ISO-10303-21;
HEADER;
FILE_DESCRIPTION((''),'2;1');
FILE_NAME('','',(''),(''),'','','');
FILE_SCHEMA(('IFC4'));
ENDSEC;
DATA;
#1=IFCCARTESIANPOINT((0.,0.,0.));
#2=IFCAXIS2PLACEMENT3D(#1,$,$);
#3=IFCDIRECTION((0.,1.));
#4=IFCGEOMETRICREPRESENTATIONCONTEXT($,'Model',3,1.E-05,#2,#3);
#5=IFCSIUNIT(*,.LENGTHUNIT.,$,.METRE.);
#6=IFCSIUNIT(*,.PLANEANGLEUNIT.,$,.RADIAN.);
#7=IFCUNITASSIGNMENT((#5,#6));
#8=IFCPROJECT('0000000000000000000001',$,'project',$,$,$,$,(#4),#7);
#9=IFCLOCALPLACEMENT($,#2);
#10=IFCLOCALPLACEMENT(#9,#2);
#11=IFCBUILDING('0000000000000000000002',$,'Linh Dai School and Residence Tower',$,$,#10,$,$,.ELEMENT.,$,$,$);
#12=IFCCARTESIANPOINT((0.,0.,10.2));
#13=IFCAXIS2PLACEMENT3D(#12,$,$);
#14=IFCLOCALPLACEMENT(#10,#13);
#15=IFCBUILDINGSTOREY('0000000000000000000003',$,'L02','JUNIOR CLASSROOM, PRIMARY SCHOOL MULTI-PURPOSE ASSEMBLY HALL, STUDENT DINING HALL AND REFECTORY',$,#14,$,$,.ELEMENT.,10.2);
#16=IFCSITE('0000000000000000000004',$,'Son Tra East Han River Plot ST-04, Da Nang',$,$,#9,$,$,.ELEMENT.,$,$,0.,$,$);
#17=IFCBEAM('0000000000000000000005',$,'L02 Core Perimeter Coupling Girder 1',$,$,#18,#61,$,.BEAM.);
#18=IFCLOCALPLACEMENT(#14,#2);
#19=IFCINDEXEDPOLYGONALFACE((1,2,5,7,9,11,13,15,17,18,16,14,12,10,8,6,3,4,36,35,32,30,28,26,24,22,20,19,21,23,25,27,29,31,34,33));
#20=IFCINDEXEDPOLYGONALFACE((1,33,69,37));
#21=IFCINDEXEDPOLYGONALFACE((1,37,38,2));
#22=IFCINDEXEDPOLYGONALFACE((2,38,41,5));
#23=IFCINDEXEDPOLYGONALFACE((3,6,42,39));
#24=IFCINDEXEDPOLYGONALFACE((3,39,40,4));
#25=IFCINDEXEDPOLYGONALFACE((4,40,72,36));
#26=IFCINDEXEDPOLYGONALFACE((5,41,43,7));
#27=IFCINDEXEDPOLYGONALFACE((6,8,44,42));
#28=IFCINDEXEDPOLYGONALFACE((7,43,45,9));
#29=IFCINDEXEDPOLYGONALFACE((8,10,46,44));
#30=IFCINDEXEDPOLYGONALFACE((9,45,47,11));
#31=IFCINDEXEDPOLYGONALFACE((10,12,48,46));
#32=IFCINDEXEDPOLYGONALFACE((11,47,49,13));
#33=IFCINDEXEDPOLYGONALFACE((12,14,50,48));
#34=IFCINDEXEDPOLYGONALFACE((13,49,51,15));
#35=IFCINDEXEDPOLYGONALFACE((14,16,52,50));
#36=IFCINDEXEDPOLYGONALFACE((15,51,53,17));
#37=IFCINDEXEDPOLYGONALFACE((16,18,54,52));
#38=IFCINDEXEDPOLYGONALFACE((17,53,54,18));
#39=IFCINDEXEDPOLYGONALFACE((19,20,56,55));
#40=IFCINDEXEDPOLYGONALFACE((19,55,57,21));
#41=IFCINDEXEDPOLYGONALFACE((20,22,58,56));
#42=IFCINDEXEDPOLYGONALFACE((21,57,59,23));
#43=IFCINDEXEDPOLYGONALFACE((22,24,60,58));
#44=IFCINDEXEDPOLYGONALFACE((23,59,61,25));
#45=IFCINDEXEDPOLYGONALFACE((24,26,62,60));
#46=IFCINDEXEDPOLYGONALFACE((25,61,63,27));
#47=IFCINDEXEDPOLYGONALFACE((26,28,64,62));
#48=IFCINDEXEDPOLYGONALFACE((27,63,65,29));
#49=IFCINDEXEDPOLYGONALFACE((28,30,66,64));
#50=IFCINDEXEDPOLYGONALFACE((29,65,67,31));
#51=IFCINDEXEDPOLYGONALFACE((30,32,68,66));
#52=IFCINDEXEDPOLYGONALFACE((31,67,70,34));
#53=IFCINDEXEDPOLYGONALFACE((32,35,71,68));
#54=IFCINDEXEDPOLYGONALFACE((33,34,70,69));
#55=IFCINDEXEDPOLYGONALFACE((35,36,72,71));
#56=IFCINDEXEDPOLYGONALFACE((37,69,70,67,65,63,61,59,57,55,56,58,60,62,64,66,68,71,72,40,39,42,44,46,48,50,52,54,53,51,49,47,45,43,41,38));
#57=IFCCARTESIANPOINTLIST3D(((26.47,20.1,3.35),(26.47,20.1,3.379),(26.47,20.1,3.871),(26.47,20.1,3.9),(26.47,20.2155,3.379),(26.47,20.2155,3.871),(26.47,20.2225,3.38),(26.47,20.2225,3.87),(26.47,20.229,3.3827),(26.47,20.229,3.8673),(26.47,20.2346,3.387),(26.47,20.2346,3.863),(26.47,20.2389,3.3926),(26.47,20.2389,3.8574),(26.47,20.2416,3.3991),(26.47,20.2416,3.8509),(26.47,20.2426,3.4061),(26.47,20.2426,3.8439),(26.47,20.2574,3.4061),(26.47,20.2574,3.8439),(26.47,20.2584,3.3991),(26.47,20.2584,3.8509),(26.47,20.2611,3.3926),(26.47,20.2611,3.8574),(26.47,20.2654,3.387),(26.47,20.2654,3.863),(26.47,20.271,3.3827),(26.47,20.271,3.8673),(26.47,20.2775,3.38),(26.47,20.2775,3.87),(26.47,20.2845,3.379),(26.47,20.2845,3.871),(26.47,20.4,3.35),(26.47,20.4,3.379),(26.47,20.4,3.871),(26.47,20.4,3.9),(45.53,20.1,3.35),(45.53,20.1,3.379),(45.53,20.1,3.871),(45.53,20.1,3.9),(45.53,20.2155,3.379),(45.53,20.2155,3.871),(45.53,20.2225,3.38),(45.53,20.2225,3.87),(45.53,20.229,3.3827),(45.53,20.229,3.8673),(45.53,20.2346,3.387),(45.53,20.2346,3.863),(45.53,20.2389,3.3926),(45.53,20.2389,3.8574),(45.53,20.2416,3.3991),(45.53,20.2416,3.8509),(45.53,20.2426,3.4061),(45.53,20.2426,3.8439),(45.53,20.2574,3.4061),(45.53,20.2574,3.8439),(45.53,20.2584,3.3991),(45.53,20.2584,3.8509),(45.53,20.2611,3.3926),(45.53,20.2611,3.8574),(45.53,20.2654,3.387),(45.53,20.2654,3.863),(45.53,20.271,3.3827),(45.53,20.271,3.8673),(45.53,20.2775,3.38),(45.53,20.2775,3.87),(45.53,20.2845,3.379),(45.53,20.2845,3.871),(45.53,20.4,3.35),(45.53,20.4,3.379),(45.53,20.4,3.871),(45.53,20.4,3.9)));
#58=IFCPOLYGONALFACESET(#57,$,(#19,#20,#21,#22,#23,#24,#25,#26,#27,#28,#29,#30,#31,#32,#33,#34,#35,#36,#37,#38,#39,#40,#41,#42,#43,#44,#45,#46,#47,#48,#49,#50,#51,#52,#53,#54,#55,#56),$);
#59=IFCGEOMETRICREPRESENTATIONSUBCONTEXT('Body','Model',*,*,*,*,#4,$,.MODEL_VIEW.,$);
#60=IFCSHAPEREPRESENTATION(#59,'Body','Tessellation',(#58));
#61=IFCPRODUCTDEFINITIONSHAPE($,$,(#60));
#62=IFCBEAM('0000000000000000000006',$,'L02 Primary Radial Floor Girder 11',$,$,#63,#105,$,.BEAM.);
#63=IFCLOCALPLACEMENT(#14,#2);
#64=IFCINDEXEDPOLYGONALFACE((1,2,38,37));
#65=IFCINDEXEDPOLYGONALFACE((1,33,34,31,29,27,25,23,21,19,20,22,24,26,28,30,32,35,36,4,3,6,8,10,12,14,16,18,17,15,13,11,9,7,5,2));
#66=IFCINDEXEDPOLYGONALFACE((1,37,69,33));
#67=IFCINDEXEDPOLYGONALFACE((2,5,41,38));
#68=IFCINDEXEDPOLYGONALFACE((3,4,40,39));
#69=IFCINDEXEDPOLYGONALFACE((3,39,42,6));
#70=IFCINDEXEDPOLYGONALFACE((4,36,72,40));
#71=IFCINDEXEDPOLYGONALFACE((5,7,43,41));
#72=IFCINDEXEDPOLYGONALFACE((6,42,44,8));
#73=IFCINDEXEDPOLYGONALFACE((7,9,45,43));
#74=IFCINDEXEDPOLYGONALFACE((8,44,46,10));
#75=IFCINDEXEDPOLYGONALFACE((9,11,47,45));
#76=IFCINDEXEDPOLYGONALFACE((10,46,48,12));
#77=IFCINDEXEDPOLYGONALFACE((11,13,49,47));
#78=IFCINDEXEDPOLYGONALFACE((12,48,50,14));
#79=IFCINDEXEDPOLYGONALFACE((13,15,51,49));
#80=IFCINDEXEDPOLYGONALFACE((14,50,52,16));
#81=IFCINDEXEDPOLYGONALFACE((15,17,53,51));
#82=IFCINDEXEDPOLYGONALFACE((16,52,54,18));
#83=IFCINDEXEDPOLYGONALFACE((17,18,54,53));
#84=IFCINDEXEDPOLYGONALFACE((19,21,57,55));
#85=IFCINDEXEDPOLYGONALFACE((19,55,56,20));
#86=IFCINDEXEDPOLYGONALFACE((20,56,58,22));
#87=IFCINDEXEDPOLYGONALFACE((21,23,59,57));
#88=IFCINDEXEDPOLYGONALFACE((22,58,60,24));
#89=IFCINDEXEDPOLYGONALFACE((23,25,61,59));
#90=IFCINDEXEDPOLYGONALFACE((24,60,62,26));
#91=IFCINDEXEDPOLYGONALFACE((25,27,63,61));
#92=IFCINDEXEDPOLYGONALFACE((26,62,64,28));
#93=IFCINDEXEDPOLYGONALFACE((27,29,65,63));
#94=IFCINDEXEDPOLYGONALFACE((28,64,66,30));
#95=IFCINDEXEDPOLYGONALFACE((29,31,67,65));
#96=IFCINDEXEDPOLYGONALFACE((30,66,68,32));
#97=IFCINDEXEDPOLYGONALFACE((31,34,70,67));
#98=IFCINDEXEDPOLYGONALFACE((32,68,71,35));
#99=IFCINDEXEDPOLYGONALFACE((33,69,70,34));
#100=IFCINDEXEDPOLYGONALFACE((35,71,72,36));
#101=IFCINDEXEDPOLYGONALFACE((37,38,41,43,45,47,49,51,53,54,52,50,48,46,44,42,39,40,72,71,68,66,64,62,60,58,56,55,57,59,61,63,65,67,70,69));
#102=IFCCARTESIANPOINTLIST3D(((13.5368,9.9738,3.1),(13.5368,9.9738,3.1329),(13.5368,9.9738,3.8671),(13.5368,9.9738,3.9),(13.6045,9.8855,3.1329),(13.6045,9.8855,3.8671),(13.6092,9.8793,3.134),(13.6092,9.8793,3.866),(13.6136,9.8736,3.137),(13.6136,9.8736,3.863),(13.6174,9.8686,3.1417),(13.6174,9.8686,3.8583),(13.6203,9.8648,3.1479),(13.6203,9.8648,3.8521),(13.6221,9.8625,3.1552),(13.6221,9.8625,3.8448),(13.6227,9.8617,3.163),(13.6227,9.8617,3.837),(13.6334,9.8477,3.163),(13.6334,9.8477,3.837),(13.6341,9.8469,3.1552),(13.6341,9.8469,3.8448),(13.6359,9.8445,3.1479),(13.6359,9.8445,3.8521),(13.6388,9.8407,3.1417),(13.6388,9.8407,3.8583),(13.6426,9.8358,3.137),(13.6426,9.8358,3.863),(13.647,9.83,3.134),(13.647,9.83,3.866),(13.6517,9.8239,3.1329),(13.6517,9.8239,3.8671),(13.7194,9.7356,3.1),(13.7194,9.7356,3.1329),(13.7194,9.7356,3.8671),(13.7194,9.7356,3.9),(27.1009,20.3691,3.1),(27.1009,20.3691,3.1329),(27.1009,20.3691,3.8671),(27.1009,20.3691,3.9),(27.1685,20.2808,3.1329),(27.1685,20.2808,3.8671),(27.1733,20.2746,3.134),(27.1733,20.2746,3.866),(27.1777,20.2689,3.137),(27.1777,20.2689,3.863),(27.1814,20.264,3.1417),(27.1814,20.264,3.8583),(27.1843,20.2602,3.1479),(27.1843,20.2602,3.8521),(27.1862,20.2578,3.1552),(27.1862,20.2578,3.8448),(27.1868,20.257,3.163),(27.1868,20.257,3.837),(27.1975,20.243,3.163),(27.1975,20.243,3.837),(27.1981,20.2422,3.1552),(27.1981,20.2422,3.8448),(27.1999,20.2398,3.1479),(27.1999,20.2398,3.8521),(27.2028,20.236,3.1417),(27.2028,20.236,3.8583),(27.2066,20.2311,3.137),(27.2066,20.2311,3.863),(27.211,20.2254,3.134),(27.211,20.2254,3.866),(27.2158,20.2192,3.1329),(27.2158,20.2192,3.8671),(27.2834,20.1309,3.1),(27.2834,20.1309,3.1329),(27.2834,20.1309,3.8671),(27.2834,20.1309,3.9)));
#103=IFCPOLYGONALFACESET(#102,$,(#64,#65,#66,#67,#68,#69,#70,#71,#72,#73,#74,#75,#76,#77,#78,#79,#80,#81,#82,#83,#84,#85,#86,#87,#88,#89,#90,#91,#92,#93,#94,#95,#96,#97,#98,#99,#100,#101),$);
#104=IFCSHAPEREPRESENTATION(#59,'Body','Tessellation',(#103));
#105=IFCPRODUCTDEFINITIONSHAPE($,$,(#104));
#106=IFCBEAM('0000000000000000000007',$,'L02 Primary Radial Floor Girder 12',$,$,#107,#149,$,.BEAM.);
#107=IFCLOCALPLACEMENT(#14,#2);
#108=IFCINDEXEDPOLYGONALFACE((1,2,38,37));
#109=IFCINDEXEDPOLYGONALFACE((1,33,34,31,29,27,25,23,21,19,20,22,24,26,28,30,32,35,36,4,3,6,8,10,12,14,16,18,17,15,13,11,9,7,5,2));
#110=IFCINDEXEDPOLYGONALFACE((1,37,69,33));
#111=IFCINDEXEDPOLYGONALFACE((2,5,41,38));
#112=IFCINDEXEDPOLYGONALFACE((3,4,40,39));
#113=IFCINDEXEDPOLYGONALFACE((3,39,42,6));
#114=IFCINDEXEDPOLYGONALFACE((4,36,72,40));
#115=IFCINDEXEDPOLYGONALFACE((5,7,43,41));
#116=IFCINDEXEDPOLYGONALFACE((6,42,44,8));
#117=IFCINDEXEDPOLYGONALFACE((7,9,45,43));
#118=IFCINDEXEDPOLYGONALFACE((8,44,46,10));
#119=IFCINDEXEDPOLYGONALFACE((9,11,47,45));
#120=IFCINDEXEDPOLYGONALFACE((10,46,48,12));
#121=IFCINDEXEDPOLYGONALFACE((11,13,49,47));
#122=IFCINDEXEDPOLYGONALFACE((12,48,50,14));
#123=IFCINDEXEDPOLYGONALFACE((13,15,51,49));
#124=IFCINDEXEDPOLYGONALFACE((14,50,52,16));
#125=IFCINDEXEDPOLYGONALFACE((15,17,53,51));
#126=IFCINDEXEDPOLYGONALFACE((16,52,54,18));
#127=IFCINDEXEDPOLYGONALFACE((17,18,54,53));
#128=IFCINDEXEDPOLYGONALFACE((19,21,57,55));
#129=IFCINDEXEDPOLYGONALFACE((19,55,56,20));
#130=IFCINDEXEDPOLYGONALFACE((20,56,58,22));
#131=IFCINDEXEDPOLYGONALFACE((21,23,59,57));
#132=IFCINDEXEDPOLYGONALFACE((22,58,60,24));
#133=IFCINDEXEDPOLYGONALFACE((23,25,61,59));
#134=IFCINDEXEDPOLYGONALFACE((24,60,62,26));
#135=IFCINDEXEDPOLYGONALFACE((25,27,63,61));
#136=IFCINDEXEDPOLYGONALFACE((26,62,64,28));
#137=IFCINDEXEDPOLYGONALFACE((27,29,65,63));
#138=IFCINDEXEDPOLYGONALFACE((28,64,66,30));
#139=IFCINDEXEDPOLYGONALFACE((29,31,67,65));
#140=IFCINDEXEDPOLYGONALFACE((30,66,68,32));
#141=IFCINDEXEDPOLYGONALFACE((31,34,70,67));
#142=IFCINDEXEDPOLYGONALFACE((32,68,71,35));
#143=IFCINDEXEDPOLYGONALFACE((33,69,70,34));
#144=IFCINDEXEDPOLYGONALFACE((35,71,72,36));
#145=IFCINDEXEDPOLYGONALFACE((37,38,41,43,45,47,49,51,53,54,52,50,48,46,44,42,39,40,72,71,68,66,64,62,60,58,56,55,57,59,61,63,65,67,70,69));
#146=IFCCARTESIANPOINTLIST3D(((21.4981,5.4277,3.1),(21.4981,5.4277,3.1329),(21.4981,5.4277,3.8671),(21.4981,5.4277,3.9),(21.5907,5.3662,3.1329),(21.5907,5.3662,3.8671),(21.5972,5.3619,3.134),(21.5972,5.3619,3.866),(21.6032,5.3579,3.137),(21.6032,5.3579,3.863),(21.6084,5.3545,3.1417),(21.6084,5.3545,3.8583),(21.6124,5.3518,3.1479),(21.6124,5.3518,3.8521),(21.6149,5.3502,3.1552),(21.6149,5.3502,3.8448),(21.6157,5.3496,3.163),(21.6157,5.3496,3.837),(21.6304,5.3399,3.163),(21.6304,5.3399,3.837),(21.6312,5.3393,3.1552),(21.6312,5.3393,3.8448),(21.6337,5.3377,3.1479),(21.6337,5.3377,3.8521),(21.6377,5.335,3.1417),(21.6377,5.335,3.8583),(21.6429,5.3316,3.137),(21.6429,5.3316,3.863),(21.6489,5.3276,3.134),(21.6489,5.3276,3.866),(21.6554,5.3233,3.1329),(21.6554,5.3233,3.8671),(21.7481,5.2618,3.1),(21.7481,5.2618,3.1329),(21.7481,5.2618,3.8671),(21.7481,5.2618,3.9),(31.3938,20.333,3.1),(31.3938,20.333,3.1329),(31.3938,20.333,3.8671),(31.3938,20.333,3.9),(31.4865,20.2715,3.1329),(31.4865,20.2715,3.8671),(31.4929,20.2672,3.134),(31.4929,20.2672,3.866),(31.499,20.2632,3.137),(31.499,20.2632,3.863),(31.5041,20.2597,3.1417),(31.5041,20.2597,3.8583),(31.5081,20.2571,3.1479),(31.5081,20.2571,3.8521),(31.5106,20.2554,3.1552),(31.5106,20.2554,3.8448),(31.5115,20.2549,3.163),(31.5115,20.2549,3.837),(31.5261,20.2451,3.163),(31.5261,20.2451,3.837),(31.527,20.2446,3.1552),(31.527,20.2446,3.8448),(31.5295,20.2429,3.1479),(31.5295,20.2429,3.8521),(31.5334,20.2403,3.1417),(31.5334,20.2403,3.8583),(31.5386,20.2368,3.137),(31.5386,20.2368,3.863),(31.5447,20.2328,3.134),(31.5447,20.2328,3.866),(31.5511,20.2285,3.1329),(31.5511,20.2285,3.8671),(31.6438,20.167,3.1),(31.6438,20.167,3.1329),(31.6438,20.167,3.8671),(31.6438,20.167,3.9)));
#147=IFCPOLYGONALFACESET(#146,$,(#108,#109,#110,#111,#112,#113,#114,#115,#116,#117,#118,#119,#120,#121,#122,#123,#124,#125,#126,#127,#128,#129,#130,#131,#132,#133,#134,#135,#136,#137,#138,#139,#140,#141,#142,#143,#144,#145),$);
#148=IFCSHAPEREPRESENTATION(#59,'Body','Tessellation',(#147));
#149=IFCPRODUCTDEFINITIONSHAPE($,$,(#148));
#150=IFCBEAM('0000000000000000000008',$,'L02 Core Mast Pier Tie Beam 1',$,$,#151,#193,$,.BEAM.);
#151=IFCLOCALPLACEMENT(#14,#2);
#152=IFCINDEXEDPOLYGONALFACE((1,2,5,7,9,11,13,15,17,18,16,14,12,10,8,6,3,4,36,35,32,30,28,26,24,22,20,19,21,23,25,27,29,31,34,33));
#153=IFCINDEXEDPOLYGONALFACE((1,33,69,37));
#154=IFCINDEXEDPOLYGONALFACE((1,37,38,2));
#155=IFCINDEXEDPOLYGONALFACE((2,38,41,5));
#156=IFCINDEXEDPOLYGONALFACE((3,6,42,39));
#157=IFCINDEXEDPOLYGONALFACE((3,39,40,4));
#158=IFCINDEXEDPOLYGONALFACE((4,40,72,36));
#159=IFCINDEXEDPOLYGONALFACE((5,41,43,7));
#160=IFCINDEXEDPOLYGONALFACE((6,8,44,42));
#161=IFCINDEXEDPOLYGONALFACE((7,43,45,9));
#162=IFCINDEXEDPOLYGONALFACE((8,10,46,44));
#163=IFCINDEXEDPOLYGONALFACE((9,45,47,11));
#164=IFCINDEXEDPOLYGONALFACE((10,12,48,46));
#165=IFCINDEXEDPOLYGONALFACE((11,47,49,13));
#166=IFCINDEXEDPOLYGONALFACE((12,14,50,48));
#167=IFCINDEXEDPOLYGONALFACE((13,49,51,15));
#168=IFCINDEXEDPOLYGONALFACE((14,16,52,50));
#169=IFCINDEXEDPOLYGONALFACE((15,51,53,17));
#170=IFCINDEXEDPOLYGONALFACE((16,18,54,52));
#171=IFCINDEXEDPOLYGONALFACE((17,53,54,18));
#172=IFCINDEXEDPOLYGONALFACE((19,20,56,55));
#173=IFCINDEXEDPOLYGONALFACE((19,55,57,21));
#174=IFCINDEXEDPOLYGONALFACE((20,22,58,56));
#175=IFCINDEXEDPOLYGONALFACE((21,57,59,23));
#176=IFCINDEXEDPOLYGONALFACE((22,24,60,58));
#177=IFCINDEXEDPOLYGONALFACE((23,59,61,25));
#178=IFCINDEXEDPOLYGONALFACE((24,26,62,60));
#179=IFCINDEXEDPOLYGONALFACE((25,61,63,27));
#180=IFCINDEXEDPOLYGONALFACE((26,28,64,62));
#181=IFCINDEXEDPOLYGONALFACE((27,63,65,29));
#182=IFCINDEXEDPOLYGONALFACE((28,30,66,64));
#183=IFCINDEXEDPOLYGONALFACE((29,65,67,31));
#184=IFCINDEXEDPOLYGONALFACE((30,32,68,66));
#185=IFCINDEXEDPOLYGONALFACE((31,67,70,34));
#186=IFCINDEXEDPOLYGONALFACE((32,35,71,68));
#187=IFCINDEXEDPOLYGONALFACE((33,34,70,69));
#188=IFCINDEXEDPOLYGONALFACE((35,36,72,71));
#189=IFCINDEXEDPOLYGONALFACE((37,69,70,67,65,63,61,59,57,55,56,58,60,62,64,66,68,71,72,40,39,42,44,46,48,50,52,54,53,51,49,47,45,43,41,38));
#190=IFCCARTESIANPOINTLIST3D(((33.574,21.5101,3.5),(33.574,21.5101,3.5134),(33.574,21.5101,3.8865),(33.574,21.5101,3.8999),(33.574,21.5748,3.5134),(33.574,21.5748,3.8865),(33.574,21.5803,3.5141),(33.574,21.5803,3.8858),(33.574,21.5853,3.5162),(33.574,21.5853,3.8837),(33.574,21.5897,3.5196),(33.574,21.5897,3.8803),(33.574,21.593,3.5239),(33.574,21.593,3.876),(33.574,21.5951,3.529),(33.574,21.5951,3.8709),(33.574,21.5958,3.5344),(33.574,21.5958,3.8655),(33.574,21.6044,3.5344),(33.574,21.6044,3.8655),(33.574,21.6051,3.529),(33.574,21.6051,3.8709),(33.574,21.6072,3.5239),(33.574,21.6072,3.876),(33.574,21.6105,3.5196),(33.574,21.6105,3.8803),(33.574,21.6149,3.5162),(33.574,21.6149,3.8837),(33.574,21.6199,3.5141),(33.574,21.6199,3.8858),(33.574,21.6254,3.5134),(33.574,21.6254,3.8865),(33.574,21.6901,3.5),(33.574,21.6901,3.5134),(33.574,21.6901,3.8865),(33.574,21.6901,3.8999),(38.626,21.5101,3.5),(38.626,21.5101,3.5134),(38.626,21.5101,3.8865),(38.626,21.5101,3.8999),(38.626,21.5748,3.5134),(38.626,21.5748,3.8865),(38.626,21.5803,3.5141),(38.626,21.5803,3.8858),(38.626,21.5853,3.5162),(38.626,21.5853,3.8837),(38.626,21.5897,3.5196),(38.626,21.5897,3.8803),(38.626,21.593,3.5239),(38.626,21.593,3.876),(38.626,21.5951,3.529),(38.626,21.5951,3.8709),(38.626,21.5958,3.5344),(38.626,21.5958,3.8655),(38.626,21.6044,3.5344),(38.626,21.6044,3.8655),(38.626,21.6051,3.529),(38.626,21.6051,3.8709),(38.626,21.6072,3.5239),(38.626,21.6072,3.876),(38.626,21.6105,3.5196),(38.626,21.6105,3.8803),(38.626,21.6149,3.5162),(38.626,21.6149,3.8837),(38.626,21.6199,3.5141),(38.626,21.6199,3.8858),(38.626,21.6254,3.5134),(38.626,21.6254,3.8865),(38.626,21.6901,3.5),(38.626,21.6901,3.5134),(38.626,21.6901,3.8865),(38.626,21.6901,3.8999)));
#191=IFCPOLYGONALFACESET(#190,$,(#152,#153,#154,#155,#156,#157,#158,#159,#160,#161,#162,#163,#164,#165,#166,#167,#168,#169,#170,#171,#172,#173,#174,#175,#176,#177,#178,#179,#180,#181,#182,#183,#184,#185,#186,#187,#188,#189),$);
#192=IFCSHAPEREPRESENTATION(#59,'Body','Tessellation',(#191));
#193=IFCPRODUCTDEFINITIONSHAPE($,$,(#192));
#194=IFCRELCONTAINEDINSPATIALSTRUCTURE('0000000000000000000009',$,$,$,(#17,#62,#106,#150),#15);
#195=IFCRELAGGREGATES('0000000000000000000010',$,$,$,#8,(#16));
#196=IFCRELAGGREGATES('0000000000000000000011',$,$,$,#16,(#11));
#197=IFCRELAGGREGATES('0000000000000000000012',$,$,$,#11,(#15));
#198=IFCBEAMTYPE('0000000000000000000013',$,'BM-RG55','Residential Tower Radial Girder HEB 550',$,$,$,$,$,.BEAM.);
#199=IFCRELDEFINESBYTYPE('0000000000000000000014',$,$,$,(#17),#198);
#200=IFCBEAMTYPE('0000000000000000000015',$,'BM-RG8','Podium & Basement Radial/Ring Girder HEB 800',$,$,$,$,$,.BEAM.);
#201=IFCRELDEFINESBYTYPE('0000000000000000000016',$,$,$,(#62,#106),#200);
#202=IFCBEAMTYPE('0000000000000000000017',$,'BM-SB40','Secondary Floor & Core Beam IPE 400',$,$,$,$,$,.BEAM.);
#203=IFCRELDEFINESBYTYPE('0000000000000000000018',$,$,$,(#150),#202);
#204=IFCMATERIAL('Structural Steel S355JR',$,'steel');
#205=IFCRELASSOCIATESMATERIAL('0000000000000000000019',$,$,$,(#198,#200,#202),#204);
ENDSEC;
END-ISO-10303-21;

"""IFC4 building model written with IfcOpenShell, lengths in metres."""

from ifc_helpers import new_model, si_unit, direction, frame, origin, origin_2d, place, context, subcontext, project, spatial, i_section, extrude, material, material_profile, profile_set, type_object, element, save


model = new_model("IFC4")

# Units and contexts
model_context = context("Model", 3, precision=1e-05, world=origin(), true_north=direction((0.0, 1.0)))
body_context = subcontext(model_context, "Body", "Model", "MODEL_VIEW")
ifc_project = project(units=[si_unit("LENGTHUNIT", "METRE"), si_unit("PLANEANGLEUNIT", "RADIAN")], contexts=[model_context])

# Site, building, storey
site_placement = place(None, origin())
site = spatial("IfcSite", under=ifc_project, at=site_placement, Name="Son Tra East Han River Plot ST-04, Da Nang", CompositionType="ELEMENT", RefElevation=0.0)
building_placement = place(site_placement, origin())
building = spatial("IfcBuilding", under=site, at=building_placement, Name="Linh Dai School and Residence Tower", CompositionType="ELEMENT")
storey_placement = place(building_placement, frame((0.0, 0.0, 10.2)))
storey = spatial("IfcBuildingStorey", under=building, at=storey_placement, Name="L02", Description="JUNIOR CLASSROOM, PRIMARY SCHOOL MULTI-PURPOSE ASSEMBLY HALL, STUDENT DINING HALL AND REFECTORY", CompositionType="ELEMENT", Elevation=10.2)

# Shared definitions
ifc_material_1 = material(Name="Structural Steel S355JR", Category="steel")

# Beams
ifc_material_profile_1 = material_profile(ifc_material_1, i_section(OverallWidth=0.3, OverallDepth=0.55, WebThickness=0.0149, FlangeThickness=0.0291, FilletRadius=0.0271, at=origin_2d()), Name="HEB 550")
ifc_profile_set_1 = profile_set([ifc_material_profile_1], Name="Structural Steel S355JR")
beam_type_1 = type_object("IfcBeamType", Name="BM-RG55", Description="Residential Tower Radial Girder HEB 550", PredefinedType="BEAM", material=ifc_profile_set_1)
beam_1_placement = place(storey_placement, frame((26.47, 20.25, 3.625), z_axis=(1.0, 0.0, 0.0), x_axis=(0.0, 1.0, 0.0)))
element("IfcBeam", 1, at=beam_1_placement, inside=storey, type_object=beam_type_1, Name="L02 Core Perimeter Coupling Girder 1", PredefinedType="BEAM", context=body_context, shape_type="SweptSolid", body=[
    extrude(i_section(OverallWidth=0.3, OverallDepth=0.55, WebThickness=0.0149, FlangeThickness=0.0291, FilletRadius=0.0271, at=origin_2d()), origin(), (0.0, 0.0, 1.0), 19.0601),
])
ifc_material_profile_2 = material_profile(ifc_material_1, i_section(OverallWidth=0.3, OverallDepth=0.8, WebThickness=0.0176, FlangeThickness=0.033, FilletRadius=0.03, at=origin_2d()), Name="HEB 800")
ifc_profile_set_2 = profile_set([ifc_material_profile_2], Name="Structural Steel S355JR")
beam_type_2 = type_object("IfcBeamType", Name="BM-RG8", Description="Podium & Basement Radial/Ring Girder HEB 800", PredefinedType="BEAM", material=ifc_profile_set_2)
beam_2_placement = place(storey_placement, frame((27.1921, 20.25, 3.5), z_axis=(-0.793713, -0.608292, 0.0), x_axis=(0.608292, -0.793713, 0.0)))
element("IfcBeam", 2, at=beam_2_placement, inside=storey, type_object=beam_type_2, Name="L02 Primary Radial Floor Girder 11", PredefinedType="BEAM", context=body_context, shape_type="SweptSolid", body=[
    extrude(i_section(OverallWidth=0.3, OverallDepth=0.8, WebThickness=0.0176, FlangeThickness=0.033, FilletRadius=0.03, at=origin_2d()), origin(), (0.0, 0.0, 1.0), 17.0894),
])
beam_3_placement = place(storey_placement, frame((31.5188, 20.25, 3.5), z_axis=(-0.553109, -0.833109, 0.0), x_axis=(0.833109, -0.553109, 0.0)))
element("IfcBeam", 3, at=beam_3_placement, inside=storey, type_object=beam_type_2, Name="L02 Primary Radial Floor Girder 12", PredefinedType="BEAM", context=body_context, shape_type="SweptSolid", body=[
    extrude(i_section(OverallWidth=0.3, OverallDepth=0.8, WebThickness=0.0176, FlangeThickness=0.033, FilletRadius=0.03, at=origin_2d()), origin(), (0.0, 0.0, 1.0), 17.8911),
])
ifc_material_profile_3 = material_profile(ifc_material_1, i_section(OverallWidth=0.1799, OverallDepth=0.3999, WebThickness=0.0085, FlangeThickness=0.0134, FilletRadius=0.021, at=origin_2d()), Name="IPE 400")
ifc_profile_set_3 = profile_set([ifc_material_profile_3], Name="Structural Steel S355JR")
beam_type_3 = type_object("IfcBeamType", Name="BM-SB40", Description="Secondary Floor & Core Beam IPE 400", PredefinedType="BEAM", material=ifc_profile_set_3)
beam_4_placement = place(storey_placement, frame((33.574, 21.6001, 3.7), z_axis=(1.0, 0.0, 0.0), x_axis=(0.0, 1.0, 0.0)))
element("IfcBeam", 4, at=beam_4_placement, inside=storey, type_object=beam_type_3, Name="L02 Core Mast Pier Tie Beam 1", PredefinedType="BEAM", context=body_context, shape_type="SweptSolid", body=[
    extrude(i_section(OverallWidth=0.1799, OverallDepth=0.3999, WebThickness=0.0085, FlangeThickness=0.0134, FilletRadius=0.021, at=origin_2d()), origin(), (0.0, 0.0, 1.0), 5.052),
])

save(model, "model.ifc")
